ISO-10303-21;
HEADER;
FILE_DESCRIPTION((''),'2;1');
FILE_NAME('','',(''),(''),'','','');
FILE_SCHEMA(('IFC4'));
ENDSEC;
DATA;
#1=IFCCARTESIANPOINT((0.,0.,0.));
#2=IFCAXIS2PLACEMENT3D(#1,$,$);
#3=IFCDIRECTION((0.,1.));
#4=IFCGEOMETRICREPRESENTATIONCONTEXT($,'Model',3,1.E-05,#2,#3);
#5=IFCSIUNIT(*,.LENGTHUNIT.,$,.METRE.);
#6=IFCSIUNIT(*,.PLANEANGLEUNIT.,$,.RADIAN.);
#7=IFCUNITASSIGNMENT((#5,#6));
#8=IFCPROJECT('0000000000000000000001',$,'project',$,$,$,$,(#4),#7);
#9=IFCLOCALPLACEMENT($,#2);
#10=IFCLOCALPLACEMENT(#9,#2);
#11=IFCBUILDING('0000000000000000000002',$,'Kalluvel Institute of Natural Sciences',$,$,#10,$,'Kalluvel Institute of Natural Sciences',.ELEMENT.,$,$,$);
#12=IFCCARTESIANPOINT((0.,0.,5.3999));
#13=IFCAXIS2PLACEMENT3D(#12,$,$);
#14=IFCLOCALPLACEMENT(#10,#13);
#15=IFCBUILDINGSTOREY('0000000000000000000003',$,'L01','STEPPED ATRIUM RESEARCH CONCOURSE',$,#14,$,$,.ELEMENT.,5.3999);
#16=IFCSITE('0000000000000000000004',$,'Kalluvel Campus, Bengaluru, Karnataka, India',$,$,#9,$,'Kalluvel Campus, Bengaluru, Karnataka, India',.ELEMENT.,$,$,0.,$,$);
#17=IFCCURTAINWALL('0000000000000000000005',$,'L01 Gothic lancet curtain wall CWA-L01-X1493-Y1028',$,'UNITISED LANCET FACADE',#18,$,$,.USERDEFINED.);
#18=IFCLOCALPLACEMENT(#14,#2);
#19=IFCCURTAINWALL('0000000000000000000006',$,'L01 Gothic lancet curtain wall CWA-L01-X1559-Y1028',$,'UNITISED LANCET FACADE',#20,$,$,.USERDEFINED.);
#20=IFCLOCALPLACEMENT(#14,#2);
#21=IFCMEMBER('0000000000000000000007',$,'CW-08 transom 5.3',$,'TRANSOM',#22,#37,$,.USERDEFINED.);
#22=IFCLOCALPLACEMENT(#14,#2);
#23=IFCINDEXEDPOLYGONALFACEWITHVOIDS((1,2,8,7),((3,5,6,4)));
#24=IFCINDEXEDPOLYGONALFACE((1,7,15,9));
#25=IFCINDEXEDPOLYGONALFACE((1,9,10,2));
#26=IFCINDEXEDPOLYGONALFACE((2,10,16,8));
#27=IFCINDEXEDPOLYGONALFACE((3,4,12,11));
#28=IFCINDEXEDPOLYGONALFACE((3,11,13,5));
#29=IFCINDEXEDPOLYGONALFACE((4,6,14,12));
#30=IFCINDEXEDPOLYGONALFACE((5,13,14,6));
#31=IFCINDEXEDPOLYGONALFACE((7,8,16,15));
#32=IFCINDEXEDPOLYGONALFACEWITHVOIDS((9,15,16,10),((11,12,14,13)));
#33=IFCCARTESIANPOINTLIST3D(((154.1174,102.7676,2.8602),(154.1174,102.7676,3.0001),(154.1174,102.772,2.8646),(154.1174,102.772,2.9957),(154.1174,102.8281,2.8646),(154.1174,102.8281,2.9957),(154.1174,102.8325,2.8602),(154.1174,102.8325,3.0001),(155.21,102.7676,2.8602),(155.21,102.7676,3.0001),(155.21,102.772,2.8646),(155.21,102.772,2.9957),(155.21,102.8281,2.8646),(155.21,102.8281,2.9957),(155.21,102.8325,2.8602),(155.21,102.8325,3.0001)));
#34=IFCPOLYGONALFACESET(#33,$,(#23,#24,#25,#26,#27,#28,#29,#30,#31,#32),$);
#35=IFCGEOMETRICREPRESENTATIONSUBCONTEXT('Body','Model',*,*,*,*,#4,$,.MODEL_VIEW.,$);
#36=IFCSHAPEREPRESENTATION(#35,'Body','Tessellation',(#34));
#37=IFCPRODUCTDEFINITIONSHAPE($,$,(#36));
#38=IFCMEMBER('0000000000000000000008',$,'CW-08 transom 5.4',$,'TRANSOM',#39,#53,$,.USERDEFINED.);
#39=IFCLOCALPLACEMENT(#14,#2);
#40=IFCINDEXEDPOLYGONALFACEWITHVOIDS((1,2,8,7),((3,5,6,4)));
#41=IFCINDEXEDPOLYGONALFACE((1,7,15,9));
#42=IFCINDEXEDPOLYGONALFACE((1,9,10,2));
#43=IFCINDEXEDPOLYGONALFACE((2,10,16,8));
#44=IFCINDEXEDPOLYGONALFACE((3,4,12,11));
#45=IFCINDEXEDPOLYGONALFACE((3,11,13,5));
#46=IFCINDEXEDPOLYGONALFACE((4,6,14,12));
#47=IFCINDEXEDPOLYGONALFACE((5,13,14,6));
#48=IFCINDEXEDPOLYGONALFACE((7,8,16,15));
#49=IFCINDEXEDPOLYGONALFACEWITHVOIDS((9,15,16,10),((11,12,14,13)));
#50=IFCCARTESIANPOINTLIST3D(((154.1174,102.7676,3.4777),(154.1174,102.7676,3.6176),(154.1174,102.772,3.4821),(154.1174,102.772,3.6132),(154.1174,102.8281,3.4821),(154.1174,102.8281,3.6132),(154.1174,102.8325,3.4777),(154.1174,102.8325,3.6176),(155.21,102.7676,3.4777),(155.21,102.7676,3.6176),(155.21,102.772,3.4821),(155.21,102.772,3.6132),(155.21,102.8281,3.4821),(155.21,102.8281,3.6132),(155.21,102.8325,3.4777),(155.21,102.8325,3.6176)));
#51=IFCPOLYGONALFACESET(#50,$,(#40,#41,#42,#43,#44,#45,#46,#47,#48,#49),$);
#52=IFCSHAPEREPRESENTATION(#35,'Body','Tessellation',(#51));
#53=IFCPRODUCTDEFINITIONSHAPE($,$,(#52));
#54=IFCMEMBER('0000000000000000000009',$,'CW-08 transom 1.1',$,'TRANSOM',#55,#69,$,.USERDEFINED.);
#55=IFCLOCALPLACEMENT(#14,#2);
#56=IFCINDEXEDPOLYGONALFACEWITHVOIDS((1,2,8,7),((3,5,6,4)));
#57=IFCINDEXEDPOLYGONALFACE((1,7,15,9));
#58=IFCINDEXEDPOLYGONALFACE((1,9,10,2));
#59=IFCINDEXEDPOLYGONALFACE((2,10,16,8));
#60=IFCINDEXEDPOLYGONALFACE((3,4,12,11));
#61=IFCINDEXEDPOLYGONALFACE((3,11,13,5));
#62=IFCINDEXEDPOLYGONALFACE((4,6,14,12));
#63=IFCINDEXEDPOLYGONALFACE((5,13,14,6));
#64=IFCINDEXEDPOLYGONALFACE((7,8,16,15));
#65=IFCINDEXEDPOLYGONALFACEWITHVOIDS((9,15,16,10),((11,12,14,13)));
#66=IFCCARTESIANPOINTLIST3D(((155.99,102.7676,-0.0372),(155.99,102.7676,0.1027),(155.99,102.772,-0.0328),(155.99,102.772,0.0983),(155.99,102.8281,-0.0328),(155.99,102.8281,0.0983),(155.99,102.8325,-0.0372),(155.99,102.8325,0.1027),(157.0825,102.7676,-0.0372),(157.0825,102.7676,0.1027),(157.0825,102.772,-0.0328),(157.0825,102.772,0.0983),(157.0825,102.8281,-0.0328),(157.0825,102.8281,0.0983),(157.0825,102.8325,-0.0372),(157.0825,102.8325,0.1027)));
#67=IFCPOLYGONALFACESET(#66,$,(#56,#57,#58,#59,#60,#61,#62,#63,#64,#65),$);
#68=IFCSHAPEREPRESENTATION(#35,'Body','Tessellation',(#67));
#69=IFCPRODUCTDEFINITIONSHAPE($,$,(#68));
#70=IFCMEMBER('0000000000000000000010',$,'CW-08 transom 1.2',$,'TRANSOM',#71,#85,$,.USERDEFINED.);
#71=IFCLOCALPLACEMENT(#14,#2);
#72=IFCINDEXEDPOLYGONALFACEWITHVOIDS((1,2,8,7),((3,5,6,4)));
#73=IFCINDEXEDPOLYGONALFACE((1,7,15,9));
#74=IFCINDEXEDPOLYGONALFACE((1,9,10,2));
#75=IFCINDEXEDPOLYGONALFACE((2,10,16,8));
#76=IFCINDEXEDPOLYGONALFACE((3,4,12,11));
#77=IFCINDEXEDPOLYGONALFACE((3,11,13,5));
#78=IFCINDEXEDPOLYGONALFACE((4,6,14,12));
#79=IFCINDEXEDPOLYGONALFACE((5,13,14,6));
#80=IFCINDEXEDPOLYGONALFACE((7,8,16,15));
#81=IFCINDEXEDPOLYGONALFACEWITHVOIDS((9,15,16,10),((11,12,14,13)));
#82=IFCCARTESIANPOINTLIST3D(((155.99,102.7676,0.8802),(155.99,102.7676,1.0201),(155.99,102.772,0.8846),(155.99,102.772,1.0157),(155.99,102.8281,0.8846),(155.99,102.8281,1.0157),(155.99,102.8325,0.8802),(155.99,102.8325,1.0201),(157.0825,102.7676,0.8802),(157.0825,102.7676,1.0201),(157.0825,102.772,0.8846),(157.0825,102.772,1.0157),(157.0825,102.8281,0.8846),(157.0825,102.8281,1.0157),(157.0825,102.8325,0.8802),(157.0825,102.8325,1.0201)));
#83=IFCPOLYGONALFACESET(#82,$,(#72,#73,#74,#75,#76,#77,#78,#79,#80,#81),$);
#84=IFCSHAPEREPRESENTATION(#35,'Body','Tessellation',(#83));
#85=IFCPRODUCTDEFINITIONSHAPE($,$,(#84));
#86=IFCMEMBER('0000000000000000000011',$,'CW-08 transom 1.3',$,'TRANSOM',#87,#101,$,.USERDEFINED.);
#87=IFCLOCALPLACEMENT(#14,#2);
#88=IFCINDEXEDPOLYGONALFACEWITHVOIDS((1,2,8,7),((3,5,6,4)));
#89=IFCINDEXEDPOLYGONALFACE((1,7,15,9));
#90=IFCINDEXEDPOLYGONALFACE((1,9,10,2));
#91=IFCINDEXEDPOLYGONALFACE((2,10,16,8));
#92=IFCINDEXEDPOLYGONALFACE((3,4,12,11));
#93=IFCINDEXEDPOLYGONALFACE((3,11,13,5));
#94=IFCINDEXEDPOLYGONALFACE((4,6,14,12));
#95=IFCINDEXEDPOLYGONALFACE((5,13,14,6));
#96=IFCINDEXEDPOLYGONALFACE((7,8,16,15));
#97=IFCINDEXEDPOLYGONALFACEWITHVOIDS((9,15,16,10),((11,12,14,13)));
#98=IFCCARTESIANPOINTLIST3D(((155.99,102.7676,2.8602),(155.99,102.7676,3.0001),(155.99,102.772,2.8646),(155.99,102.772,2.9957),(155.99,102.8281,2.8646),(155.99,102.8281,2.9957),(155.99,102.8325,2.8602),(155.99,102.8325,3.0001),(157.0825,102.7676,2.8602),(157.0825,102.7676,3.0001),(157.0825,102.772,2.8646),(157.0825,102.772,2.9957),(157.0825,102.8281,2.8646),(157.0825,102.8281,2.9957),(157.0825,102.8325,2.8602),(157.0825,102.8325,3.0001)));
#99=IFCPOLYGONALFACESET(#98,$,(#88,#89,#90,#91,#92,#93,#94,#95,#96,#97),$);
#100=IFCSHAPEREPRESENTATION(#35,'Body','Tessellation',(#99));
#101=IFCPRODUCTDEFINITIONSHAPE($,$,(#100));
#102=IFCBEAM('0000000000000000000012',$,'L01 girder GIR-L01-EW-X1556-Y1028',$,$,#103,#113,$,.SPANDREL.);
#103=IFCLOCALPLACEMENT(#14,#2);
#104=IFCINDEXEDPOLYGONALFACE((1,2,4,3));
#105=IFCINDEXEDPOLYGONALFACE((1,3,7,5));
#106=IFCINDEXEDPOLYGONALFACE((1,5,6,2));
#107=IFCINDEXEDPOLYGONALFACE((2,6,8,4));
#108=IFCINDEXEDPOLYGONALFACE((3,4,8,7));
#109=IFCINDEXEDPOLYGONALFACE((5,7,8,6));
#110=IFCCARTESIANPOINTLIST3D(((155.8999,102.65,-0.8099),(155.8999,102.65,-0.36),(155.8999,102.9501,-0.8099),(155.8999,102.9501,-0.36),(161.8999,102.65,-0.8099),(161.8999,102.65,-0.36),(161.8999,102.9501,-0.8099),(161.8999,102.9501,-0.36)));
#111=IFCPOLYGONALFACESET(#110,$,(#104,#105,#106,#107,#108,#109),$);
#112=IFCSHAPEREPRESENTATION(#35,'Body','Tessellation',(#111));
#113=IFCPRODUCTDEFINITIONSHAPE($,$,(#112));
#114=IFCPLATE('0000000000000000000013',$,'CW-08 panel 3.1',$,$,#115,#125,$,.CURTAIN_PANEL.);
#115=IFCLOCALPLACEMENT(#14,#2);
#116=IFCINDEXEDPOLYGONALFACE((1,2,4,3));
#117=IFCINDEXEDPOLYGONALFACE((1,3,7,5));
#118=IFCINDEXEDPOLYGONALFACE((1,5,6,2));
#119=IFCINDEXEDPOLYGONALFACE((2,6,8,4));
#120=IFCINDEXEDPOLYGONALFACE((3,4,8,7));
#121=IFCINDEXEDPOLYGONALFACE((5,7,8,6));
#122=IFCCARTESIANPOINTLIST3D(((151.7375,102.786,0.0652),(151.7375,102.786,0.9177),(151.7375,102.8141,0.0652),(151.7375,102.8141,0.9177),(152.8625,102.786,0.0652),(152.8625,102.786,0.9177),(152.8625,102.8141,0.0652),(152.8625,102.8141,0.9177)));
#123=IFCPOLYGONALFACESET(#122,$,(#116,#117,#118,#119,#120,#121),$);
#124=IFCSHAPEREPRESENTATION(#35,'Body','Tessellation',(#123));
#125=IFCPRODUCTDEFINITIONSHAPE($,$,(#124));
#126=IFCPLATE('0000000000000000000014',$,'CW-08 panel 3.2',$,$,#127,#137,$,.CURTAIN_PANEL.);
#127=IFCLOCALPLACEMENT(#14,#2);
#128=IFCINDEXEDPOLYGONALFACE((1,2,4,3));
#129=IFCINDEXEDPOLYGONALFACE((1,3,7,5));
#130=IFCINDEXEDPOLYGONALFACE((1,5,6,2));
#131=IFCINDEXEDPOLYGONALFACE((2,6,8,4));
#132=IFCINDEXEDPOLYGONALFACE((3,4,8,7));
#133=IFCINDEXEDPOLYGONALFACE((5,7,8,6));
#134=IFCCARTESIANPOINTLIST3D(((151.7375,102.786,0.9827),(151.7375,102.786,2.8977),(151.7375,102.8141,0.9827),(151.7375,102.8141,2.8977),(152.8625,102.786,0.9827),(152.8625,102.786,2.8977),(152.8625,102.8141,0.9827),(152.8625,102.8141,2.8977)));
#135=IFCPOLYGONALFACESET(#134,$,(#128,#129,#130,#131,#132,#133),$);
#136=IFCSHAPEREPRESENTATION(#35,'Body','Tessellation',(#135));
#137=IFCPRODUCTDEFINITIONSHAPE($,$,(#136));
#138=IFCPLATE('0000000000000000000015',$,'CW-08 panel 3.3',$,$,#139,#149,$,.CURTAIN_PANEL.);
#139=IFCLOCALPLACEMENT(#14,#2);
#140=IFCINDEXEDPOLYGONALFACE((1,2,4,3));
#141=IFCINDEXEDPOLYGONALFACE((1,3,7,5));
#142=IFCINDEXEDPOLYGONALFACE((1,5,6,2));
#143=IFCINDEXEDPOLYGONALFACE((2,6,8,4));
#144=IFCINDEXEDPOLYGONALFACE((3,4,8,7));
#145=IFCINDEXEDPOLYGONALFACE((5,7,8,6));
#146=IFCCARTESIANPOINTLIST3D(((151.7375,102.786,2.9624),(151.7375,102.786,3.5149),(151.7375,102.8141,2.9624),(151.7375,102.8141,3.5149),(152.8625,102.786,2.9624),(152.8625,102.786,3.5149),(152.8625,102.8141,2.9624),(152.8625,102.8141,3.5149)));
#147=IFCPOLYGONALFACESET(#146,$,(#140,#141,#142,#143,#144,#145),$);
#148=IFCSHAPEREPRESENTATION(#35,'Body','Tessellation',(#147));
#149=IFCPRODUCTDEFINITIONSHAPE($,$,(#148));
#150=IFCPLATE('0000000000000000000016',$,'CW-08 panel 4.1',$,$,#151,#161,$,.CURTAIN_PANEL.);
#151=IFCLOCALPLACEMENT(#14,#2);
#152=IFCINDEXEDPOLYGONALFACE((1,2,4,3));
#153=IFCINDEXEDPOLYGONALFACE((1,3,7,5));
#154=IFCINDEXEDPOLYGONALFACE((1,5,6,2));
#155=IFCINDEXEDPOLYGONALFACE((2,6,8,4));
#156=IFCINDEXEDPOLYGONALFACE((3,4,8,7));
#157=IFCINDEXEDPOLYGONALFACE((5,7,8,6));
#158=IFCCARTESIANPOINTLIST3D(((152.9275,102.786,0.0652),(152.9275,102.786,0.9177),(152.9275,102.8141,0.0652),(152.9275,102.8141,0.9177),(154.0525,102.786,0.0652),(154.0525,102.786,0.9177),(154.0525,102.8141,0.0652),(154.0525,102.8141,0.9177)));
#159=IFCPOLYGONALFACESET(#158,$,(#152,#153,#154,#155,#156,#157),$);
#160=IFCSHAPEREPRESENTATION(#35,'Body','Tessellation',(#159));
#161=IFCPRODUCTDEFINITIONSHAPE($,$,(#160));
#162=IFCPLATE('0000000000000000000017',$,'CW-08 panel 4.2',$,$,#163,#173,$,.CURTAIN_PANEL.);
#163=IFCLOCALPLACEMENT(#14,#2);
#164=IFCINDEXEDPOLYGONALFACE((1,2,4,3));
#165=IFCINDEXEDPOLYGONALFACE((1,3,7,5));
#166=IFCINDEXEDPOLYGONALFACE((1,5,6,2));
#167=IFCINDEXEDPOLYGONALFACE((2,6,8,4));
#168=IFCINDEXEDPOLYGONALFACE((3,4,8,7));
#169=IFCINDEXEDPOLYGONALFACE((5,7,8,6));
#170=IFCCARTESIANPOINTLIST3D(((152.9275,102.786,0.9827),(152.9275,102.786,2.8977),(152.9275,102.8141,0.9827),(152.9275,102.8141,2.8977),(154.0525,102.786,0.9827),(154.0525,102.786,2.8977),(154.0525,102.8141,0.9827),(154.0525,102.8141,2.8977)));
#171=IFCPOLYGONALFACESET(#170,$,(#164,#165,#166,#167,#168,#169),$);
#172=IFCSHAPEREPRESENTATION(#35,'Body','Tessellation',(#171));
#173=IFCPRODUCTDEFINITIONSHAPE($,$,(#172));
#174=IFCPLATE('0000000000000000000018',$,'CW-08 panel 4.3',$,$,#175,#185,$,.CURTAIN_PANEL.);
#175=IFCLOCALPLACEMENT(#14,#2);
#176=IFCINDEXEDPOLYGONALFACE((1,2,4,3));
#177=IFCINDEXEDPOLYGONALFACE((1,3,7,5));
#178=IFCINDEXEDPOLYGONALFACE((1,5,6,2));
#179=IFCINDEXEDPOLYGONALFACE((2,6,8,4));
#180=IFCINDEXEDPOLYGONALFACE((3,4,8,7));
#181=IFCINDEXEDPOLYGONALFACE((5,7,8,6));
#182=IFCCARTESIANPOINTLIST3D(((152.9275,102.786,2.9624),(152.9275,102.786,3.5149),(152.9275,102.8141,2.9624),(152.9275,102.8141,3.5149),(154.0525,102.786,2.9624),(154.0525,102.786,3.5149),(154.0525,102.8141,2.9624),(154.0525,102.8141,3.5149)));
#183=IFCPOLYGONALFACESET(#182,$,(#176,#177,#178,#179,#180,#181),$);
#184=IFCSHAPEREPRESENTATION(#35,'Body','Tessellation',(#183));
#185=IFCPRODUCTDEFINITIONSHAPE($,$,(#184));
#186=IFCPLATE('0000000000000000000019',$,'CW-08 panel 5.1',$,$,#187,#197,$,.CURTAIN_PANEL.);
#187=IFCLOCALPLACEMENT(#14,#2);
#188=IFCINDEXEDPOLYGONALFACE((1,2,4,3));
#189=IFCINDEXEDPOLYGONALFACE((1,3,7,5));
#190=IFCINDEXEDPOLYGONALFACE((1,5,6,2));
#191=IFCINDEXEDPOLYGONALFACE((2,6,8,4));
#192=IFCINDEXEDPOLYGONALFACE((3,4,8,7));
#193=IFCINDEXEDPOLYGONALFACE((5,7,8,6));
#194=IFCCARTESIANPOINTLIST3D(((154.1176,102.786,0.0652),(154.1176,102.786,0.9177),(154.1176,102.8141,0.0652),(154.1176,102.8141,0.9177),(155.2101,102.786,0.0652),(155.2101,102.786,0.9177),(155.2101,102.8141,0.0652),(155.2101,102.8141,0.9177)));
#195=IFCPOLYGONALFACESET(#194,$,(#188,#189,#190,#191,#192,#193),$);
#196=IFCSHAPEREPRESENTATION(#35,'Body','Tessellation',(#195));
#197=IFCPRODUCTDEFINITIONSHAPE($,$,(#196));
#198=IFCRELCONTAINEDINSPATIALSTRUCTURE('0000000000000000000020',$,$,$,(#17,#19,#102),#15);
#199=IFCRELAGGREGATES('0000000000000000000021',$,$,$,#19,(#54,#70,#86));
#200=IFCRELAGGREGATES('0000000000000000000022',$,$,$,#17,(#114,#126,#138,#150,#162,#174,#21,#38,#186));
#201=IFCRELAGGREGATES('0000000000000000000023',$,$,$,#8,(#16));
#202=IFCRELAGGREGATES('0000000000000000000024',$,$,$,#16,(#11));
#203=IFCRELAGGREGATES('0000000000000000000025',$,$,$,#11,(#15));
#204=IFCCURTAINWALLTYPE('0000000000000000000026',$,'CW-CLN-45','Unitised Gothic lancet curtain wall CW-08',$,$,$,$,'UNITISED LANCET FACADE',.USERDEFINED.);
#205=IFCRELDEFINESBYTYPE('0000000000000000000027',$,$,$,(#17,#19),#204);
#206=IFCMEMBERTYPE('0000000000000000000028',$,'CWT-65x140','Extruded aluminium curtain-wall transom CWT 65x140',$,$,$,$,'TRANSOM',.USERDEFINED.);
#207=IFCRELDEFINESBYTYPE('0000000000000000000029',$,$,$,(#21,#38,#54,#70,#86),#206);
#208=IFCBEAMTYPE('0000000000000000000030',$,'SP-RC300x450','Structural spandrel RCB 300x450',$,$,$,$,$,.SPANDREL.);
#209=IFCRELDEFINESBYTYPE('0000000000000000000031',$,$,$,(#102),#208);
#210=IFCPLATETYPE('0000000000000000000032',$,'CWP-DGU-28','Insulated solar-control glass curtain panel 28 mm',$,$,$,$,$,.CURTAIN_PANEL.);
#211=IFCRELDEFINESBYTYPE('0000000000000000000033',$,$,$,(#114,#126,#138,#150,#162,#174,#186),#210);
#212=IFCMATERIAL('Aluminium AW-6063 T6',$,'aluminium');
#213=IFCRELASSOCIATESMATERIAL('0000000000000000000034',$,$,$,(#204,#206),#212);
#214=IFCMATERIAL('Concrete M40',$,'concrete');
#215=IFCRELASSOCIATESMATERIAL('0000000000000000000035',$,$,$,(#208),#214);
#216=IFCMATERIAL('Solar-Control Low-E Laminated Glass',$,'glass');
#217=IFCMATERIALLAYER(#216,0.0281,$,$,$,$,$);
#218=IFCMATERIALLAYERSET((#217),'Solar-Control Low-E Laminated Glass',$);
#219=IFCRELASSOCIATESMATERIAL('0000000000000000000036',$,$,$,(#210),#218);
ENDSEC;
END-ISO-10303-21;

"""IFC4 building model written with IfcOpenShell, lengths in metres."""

from ifc_helpers import new_model, si_unit, direction, frame, origin, origin_2d, place, context, subcontext, project, spatial, rectangle, hollow_rectangle, extrude, material, layer, layer_set, material_profile, profile_set, type_object, element, aggregate, save


model = new_model("IFC4")

# Units and contexts
model_context = context("Model", 3, precision=1e-05, world=origin(), true_north=direction((0.0, 1.0)))
body_context = subcontext(model_context, "Body", "Model", "MODEL_VIEW")
ifc_project = project(units=[si_unit("LENGTHUNIT", "METRE"), si_unit("PLANEANGLEUNIT", "RADIAN")], contexts=[model_context])

# Site, building, storey
site_placement = place(None, origin())
site = spatial("IfcSite", under=ifc_project, at=site_placement, Name="Kalluvel Campus, Bengaluru, Karnataka, India", LongName="Kalluvel Campus, Bengaluru, Karnataka, India", CompositionType="ELEMENT", RefElevation=0.0)
building_placement = place(site_placement, origin())
building = spatial("IfcBuilding", under=site, at=building_placement, Name="Kalluvel Institute of Natural Sciences", LongName="Kalluvel Institute of Natural Sciences", CompositionType="ELEMENT")
storey_placement = place(building_placement, frame((0.0, 0.0, 5.3999)))
storey = spatial("IfcBuildingStorey", under=building, at=storey_placement, Name="L01", Description="STEPPED ATRIUM RESEARCH CONCOURSE", CompositionType="ELEMENT", Elevation=5.3999)

# Shared definitions
ifc_material_1 = material(Name="Concrete M40", Category="concrete")

# Curtain wall
ifc_material_2 = material(Name="Aluminium AW-6063 T6", Category="aluminium")
curtain_wall_type = type_object("IfcCurtainWallType", Name="CW-CLN-45", Description="Unitised Gothic lancet curtain wall CW-08", ElementType="UNITISED LANCET FACADE", PredefinedType="USERDEFINED", material=ifc_material_2)
curtain_wall_1_placement = place(storey_placement, origin())
curtain_wall_1 = element("IfcCurtainWall", 1, at=curtain_wall_1_placement, inside=storey, type_object=curtain_wall_type, Name="L01 Gothic lancet curtain wall CWA-L01-X1493-Y1028", ObjectType="UNITISED LANCET FACADE", PredefinedType="USERDEFINED")

# Curtain wall
curtain_wall_2_placement = place(storey_placement, origin())
curtain_wall_2 = element("IfcCurtainWall", 2, at=curtain_wall_2_placement, inside=storey, type_object=curtain_wall_type, Name="L01 Gothic lancet curtain wall CWA-L01-X1559-Y1028", ObjectType="UNITISED LANCET FACADE", PredefinedType="USERDEFINED")

# Members
ifc_material_profile_1 = material_profile(ifc_material_2, hollow_rectangle(XDim=0.0649, YDim=0.1399, WallThickness=0.0044, at=origin_2d()), Name="CWT 65x140")
ifc_profile_set_1 = profile_set([ifc_material_profile_1], Name="Aluminium AW-6063 T6")
member_type_1 = type_object("IfcMemberType", Name="CWT-65x140", Description="Extruded aluminium curtain-wall transom CWT 65x140", ElementType="TRANSOM", PredefinedType="USERDEFINED", material=ifc_profile_set_1)
member_1_placement = place(storey_placement, frame((154.1174, 102.8, 2.9302), z_axis=(1.0, 0.0, 0.0), x_axis=(0.0, 1.0, 0.0)))
member_1 = element("IfcMember", 3, at=member_1_placement, type_object=member_type_1, Name="CW-08 transom 5.3", ObjectType="TRANSOM", PredefinedType="USERDEFINED", context=body_context, shape_type="SweptSolid", body=[
    extrude(hollow_rectangle(XDim=0.0649, YDim=0.1399, WallThickness=0.0044, at=origin_2d()), origin(), (0.0, 0.0, 1.0), 1.0925),
])
member_2_placement = place(storey_placement, frame((154.1174, 102.8, 3.5476), z_axis=(1.0, 0.0, 0.0), x_axis=(0.0, 1.0, 0.0)))
member_2 = element("IfcMember", 4, at=member_2_placement, type_object=member_type_1, Name="CW-08 transom 5.4", ObjectType="TRANSOM", PredefinedType="USERDEFINED", context=body_context, shape_type="SweptSolid", body=[
    extrude(hollow_rectangle(XDim=0.0649, YDim=0.1399, WallThickness=0.0044, at=origin_2d()), origin(), (0.0, 0.0, 1.0), 1.0925),
])
member_3_placement = place(storey_placement, frame((155.99, 102.8, 0.0327), z_axis=(1.0, 0.0, 0.0), x_axis=(0.0, 1.0, 0.0)))
member_3 = element("IfcMember", 5, at=member_3_placement, type_object=member_type_1, Name="CW-08 transom 1.1", ObjectType="TRANSOM", PredefinedType="USERDEFINED", context=body_context, shape_type="SweptSolid", body=[
    extrude(hollow_rectangle(XDim=0.0649, YDim=0.1399, WallThickness=0.0044, at=origin_2d()), origin(), (0.0, 0.0, 1.0), 1.0925),
])
member_4_placement = place(storey_placement, frame((155.99, 102.8, 0.9502), z_axis=(1.0, 0.0, 0.0), x_axis=(0.0, 1.0, 0.0)))
member_4 = element("IfcMember", 6, at=member_4_placement, type_object=member_type_1, Name="CW-08 transom 1.2", ObjectType="TRANSOM", PredefinedType="USERDEFINED", context=body_context, shape_type="SweptSolid", body=[
    extrude(hollow_rectangle(XDim=0.0649, YDim=0.1399, WallThickness=0.0044, at=origin_2d()), origin(), (0.0, 0.0, 1.0), 1.0925),
])
member_5_placement = place(storey_placement, frame((155.99, 102.8, 2.9302), z_axis=(1.0, 0.0, 0.0), x_axis=(0.0, 1.0, 0.0)))
member_5 = element("IfcMember", 7, at=member_5_placement, type_object=member_type_1, Name="CW-08 transom 1.3", ObjectType="TRANSOM", PredefinedType="USERDEFINED", context=body_context, shape_type="SweptSolid", body=[
    extrude(hollow_rectangle(XDim=0.0649, YDim=0.1399, WallThickness=0.0044, at=origin_2d()), origin(), (0.0, 0.0, 1.0), 1.0925),
])
aggregate(curtain_wall_2, [member_3, member_4, member_5])

# Beam
ifc_material_profile_2 = material_profile(ifc_material_1, rectangle(XDim=0.3, YDim=0.45, at=origin_2d()), Name="RCB 300x450")
ifc_profile_set_2 = profile_set([ifc_material_profile_2], Name="Concrete M40")
beam_type = type_object("IfcBeamType", Name="SP-RC300x450", Description="Structural spandrel RCB 300x450", PredefinedType="SPANDREL", material=ifc_profile_set_2)
beam_placement = place(storey_placement, frame((155.8999, 102.8, -0.585), z_axis=(1.0, 0.0, 0.0), x_axis=(0.0, 1.0, 0.0)))
element("IfcBeam", 8, at=beam_placement, inside=storey, type_object=beam_type, Name="L01 girder GIR-L01-EW-X1556-Y1028", PredefinedType="SPANDREL", context=body_context, shape_type="SweptSolid", body=[
    extrude(rectangle(XDim=0.3, YDim=0.45, at=origin_2d()), origin(), (0.0, 0.0, 1.0), 6.0),
])

# Plates
ifc_material_3 = material(Name="Solar-Control Low-E Laminated Glass", Category="glass")
ifc_layer = layer(ifc_material_3, 0.0281)
ifc_layer_set = layer_set([ifc_layer], Name="Solar-Control Low-E Laminated Glass")
plate_type = type_object("IfcPlateType", Name="CWP-DGU-28", Description="Insulated solar-control glass curtain panel 28 mm", PredefinedType="CURTAIN_PANEL", material=ifc_layer_set)
plate_1_placement = place(storey_placement, frame((152.3, 102.8, 0.0652), z_axis=(0.0, 0.0, 1.0), x_axis=(1.0, 0.0, 0.0)))
plate_1 = element("IfcPlate", 9, at=plate_1_placement, type_object=plate_type, Name="CW-08 panel 3.1", PredefinedType="CURTAIN_PANEL", context=body_context, shape_type="SweptSolid", body=[
    extrude(rectangle(XDim=1.125, YDim=0.0281, at=origin_2d()), origin(), (0.0, 0.0, 1.0), 0.8525),
])
plate_2_placement = place(storey_placement, frame((152.3, 102.8, 0.9827), z_axis=(0.0, 0.0, 1.0), x_axis=(1.0, 0.0, 0.0)))
plate_2 = element("IfcPlate", 10, at=plate_2_placement, type_object=plate_type, Name="CW-08 panel 3.2", PredefinedType="CURTAIN_PANEL", context=body_context, shape_type="SweptSolid", body=[
    extrude(rectangle(XDim=1.125, YDim=0.0281, at=origin_2d()), origin(), (0.0, 0.0, 1.0), 1.915),
])
plate_3_placement = place(storey_placement, frame((152.3, 102.8, 2.9624), z_axis=(0.0, 0.0, 1.0), x_axis=(1.0, 0.0, 0.0)))
plate_3 = element("IfcPlate", 11, at=plate_3_placement, type_object=plate_type, Name="CW-08 panel 3.3", PredefinedType="CURTAIN_PANEL", context=body_context, shape_type="SweptSolid", body=[
    extrude(rectangle(XDim=1.125, YDim=0.0281, at=origin_2d()), origin(), (0.0, 0.0, 1.0), 0.5525),
])
plate_4_placement = place(storey_placement, frame((153.49, 102.8, 0.0652), z_axis=(0.0, 0.0, 1.0), x_axis=(1.0, 0.0, 0.0)))
plate_4 = element("IfcPlate", 12, at=plate_4_placement, type_object=plate_type, Name="CW-08 panel 4.1", PredefinedType="CURTAIN_PANEL", context=body_context, shape_type="SweptSolid", body=[
    extrude(rectangle(XDim=1.125, YDim=0.0281, at=origin_2d()), origin(), (0.0, 0.0, 1.0), 0.8525),
])
plate_5_placement = place(storey_placement, frame((153.49, 102.8, 0.9827), z_axis=(0.0, 0.0, 1.0), x_axis=(1.0, 0.0, 0.0)))
plate_5 = element("IfcPlate", 13, at=plate_5_placement, type_object=plate_type, Name="CW-08 panel 4.2", PredefinedType="CURTAIN_PANEL", context=body_context, shape_type="SweptSolid", body=[
    extrude(rectangle(XDim=1.125, YDim=0.0281, at=origin_2d()), origin(), (0.0, 0.0, 1.0), 1.915),
])
plate_6_placement = place(storey_placement, frame((153.49, 102.8, 2.9624), z_axis=(0.0, 0.0, 1.0), x_axis=(1.0, 0.0, 0.0)))
plate_6 = element("IfcPlate", 14, at=plate_6_placement, type_object=plate_type, Name="CW-08 panel 4.3", PredefinedType="CURTAIN_PANEL", context=body_context, shape_type="SweptSolid", body=[
    extrude(rectangle(XDim=1.125, YDim=0.0281, at=origin_2d()), origin(), (0.0, 0.0, 1.0), 0.5525),
])
plate_7_placement = place(storey_placement, frame((154.6638, 102.8, 0.0652), z_axis=(0.0, 0.0, 1.0), x_axis=(1.0, 0.0, 0.0)))
plate_7 = element("IfcPlate", 15, at=plate_7_placement, type_object=plate_type, Name="CW-08 panel 5.1", PredefinedType="CURTAIN_PANEL", context=body_context, shape_type="SweptSolid", body=[
    extrude(rectangle(XDim=1.0925, YDim=0.0281, at=origin_2d()), origin(), (0.0, 0.0, 1.0), 0.8525),
])
aggregate(curtain_wall_1, [plate_1, plate_2, plate_3, plate_4, plate_5, plate_6, member_1, member_2, plate_7])

save(model, "model.ifc")
